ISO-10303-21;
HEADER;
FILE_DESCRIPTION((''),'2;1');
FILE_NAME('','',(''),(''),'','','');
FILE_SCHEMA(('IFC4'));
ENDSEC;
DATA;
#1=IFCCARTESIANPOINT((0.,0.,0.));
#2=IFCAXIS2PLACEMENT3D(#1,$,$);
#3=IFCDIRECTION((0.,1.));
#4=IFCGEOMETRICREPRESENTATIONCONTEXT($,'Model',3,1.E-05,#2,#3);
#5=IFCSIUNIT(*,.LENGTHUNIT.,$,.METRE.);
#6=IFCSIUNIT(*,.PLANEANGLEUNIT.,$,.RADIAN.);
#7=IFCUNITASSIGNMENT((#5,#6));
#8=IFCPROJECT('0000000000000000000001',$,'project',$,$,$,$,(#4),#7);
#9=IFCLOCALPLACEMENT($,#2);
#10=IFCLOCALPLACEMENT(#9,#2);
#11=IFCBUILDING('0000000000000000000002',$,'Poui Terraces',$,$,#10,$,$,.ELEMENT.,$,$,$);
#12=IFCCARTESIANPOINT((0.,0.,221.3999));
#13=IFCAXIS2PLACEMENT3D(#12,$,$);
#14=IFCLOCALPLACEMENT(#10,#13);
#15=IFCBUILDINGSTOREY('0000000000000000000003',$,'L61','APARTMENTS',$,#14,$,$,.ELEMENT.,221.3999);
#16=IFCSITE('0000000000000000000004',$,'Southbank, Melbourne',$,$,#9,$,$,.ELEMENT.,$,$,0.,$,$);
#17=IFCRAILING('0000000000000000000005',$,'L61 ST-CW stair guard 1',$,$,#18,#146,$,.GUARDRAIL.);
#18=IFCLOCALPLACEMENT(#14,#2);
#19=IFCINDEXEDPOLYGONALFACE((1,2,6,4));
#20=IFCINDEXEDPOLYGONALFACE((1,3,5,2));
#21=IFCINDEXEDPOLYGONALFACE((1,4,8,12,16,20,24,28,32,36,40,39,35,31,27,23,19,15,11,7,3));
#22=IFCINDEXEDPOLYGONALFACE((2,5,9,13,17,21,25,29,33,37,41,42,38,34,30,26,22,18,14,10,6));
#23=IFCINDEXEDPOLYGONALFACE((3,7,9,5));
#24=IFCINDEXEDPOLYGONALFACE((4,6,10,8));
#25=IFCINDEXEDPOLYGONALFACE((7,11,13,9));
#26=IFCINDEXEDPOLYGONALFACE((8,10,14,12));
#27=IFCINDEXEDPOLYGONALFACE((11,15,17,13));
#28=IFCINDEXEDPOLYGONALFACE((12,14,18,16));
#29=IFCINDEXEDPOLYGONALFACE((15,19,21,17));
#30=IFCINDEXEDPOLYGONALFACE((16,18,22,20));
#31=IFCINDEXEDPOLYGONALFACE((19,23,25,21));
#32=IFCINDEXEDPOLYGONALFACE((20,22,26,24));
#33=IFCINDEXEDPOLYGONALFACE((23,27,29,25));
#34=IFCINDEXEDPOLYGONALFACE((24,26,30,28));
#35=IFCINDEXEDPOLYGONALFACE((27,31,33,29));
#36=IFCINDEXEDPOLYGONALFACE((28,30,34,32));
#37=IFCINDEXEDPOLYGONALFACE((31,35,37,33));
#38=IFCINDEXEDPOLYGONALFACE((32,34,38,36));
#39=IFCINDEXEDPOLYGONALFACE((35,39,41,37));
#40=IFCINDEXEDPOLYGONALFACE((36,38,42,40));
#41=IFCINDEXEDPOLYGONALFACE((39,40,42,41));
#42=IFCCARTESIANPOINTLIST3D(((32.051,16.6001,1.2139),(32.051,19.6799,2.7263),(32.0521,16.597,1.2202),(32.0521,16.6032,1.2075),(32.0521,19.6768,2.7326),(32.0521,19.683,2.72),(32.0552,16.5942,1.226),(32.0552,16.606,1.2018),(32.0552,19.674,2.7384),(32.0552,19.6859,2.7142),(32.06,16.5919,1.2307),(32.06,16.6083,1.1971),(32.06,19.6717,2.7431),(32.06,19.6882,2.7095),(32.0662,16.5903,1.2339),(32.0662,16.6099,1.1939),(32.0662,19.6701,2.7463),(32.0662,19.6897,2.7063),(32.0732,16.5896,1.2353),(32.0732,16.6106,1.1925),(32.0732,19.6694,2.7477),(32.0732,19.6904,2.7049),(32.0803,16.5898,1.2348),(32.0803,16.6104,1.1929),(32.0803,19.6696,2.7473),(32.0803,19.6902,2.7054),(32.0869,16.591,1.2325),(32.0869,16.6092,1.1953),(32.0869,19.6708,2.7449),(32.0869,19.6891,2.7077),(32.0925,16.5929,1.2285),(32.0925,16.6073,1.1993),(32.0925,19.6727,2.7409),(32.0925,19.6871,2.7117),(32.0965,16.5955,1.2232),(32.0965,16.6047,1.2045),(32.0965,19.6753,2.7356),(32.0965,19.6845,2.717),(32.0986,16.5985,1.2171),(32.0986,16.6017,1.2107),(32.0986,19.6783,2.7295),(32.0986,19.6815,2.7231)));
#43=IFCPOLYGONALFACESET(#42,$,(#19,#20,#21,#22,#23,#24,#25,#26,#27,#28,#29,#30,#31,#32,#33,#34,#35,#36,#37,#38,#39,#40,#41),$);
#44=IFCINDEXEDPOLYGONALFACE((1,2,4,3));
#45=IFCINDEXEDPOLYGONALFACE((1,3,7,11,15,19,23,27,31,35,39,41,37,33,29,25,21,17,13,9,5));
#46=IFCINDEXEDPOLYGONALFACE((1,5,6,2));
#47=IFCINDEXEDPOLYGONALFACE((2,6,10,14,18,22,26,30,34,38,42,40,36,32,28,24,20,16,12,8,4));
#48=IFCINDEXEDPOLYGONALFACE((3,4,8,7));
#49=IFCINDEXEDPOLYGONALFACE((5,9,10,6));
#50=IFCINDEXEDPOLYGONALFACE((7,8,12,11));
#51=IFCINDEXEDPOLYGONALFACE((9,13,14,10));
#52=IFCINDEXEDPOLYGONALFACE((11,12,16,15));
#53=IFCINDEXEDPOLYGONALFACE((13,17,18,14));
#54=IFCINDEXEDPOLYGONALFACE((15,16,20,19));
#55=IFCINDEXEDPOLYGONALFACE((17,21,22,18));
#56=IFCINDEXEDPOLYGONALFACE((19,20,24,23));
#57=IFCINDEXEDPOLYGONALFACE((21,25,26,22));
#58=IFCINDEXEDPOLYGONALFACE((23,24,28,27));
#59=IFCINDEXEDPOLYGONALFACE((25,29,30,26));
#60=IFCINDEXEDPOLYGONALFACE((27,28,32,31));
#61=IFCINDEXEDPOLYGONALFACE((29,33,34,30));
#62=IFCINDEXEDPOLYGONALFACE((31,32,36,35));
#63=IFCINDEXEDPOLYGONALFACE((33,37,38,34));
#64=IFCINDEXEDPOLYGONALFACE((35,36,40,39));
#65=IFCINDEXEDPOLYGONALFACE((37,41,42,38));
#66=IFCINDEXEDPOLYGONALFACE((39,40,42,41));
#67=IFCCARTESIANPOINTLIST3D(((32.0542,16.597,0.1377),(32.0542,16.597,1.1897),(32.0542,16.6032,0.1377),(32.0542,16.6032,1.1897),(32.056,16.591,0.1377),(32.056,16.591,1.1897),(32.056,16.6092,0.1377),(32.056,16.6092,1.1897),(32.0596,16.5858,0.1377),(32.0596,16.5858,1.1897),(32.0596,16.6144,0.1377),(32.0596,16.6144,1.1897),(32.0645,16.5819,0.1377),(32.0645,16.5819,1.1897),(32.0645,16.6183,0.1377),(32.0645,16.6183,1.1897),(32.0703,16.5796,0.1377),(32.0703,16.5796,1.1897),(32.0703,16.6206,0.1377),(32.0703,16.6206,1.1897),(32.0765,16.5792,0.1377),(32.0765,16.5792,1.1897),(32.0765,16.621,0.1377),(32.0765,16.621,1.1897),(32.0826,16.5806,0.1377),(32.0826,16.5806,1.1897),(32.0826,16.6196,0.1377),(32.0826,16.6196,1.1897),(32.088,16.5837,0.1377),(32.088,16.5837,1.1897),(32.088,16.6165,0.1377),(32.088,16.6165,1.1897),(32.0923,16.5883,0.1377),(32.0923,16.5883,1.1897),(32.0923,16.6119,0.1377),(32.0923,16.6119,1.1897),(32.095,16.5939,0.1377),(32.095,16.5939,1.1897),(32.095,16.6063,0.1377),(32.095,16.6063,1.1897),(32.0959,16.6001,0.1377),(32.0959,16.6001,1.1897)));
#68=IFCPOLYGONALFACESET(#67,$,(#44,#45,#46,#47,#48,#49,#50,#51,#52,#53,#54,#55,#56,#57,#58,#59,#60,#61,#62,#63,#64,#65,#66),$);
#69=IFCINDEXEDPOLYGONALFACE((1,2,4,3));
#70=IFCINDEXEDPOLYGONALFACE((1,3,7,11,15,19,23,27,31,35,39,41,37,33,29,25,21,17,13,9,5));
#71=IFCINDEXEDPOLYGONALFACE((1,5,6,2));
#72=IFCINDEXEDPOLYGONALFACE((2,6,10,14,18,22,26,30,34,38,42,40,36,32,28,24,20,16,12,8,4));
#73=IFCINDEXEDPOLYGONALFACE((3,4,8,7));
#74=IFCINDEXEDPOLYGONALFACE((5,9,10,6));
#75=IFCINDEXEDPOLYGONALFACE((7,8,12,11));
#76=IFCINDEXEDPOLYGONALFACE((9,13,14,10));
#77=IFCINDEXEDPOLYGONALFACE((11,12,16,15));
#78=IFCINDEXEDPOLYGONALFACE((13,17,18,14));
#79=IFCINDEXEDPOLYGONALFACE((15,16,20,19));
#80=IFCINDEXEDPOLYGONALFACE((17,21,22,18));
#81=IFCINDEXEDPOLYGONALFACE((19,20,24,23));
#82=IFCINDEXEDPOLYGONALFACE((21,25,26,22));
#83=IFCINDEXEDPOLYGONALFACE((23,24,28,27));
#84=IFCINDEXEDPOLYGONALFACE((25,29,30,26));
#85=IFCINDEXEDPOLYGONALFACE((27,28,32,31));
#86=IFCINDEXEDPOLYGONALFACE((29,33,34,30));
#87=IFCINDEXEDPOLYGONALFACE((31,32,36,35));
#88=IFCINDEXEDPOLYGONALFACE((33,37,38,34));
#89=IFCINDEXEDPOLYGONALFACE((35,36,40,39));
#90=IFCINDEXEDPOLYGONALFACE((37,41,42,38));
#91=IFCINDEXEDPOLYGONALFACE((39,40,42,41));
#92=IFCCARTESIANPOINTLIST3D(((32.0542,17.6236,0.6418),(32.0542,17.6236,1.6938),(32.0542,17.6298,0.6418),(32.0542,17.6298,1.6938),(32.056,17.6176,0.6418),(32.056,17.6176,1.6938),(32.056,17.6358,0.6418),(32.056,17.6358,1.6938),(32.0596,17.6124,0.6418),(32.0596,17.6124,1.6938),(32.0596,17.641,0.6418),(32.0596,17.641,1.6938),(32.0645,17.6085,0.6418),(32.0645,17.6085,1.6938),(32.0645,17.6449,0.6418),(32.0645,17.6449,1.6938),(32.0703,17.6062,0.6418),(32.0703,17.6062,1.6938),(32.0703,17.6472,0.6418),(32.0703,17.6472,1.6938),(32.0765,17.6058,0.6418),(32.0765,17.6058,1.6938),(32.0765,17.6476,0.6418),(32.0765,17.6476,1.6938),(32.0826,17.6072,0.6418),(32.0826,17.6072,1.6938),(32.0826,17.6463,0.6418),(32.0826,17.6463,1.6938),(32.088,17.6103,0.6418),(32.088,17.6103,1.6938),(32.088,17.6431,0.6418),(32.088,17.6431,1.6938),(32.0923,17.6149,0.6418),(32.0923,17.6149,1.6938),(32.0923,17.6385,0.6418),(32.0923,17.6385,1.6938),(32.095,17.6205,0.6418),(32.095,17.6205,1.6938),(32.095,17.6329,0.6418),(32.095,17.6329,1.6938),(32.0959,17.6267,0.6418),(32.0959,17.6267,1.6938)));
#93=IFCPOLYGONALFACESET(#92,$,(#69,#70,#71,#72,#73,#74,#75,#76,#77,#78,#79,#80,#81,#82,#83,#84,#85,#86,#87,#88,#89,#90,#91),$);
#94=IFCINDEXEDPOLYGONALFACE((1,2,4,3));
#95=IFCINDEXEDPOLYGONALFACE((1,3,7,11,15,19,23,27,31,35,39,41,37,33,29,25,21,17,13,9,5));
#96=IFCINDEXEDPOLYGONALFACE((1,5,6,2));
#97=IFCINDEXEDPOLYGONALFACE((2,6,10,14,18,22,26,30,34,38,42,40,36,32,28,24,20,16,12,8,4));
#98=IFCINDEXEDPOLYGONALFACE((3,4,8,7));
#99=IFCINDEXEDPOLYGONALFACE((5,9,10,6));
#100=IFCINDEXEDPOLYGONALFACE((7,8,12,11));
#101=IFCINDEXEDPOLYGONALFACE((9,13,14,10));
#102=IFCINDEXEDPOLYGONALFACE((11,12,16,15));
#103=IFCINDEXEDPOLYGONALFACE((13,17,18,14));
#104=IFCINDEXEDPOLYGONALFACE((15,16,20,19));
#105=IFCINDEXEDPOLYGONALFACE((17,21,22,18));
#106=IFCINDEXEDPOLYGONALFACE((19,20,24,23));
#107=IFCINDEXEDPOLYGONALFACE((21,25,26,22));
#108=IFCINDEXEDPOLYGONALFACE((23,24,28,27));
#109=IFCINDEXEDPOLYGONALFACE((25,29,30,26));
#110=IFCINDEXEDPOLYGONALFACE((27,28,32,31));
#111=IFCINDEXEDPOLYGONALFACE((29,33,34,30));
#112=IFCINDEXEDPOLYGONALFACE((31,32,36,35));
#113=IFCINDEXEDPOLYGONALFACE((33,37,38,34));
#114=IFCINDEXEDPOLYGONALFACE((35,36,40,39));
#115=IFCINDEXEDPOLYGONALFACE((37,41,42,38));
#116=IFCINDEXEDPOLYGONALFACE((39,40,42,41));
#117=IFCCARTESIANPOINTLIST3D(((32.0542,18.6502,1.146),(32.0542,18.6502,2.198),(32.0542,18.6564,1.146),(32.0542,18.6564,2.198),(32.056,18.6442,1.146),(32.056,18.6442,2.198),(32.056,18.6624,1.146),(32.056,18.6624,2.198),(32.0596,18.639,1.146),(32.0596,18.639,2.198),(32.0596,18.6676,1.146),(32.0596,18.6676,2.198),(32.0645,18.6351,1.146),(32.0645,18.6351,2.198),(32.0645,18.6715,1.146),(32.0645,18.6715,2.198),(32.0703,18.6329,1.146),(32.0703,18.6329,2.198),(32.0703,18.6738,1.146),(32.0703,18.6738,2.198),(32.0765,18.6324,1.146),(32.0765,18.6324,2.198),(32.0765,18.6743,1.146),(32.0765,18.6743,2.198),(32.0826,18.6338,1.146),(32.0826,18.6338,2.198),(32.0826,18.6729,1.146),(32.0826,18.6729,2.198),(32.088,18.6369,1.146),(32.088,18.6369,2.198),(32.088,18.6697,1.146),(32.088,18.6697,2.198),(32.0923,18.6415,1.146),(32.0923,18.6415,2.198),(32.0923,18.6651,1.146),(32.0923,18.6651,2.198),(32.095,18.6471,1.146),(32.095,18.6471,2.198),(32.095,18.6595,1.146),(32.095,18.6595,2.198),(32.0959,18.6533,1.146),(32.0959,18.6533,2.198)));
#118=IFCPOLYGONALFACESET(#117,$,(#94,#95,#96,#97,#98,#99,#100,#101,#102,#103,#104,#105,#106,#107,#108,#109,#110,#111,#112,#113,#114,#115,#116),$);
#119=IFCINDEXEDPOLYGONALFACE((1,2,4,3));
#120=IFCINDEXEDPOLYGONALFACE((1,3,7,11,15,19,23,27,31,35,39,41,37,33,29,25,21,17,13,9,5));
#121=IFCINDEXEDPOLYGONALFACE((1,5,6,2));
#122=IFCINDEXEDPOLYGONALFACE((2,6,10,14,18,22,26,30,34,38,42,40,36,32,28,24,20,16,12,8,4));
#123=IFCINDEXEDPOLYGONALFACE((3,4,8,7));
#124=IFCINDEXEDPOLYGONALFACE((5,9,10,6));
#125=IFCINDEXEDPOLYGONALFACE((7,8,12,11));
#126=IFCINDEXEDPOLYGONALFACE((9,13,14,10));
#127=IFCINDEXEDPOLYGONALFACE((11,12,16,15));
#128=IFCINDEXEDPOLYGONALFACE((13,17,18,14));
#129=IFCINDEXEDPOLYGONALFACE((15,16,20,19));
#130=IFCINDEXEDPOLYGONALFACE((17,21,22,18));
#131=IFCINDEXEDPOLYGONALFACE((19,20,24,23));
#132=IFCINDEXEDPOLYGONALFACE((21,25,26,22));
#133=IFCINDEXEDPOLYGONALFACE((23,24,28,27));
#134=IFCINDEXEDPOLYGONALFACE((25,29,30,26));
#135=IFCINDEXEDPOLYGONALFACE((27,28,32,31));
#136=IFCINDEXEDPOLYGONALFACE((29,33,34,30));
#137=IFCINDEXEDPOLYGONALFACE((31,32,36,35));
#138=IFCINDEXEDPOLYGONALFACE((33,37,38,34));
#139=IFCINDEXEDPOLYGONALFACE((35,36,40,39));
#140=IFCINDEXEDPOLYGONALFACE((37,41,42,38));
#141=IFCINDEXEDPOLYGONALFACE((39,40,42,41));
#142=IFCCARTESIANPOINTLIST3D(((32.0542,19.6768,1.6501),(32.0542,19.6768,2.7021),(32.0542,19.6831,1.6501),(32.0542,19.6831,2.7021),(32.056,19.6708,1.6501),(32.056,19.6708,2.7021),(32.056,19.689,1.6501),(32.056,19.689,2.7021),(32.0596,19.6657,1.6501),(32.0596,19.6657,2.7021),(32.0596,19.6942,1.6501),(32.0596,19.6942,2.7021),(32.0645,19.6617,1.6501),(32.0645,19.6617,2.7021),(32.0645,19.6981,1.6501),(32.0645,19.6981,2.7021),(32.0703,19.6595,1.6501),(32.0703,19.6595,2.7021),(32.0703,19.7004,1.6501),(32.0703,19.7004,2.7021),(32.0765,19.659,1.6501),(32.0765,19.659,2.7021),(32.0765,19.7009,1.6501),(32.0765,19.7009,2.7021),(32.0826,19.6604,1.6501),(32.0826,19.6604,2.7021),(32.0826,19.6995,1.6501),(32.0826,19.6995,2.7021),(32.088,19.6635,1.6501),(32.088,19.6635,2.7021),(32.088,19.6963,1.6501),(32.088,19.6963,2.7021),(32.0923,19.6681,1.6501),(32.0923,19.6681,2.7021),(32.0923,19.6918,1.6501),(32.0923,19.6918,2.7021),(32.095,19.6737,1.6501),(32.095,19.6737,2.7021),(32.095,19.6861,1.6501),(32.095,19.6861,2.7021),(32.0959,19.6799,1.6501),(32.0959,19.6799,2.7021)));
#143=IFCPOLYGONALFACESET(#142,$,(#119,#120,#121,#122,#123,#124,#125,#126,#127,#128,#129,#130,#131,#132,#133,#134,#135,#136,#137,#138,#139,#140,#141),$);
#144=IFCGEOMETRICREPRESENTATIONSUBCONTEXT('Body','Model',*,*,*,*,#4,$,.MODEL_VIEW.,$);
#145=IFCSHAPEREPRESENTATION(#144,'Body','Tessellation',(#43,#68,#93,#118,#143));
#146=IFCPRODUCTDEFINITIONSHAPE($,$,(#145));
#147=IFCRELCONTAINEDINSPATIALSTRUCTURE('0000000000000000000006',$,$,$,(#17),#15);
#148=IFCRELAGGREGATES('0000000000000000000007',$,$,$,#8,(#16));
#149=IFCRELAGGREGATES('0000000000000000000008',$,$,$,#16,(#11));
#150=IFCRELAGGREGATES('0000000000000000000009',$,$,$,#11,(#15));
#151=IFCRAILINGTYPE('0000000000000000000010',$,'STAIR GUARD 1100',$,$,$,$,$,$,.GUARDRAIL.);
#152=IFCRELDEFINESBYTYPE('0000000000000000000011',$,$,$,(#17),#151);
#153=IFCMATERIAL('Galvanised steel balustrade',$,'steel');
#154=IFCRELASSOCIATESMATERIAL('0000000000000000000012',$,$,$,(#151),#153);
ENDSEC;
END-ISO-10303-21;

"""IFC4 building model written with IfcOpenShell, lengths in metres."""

from ifc_helpers import new_model, si_unit, direction, frame, origin, origin_2d, place, context, subcontext, project, spatial, circle, extrude, material, type_object, element, save


model = new_model("IFC4")

# Units and contexts
model_context = context("Model", 3, precision=1e-05, world=origin(), true_north=direction((0.0, 1.0)))
body_context = subcontext(model_context, "Body", "Model", "MODEL_VIEW")
ifc_project = project(units=[si_unit("LENGTHUNIT", "METRE"), si_unit("PLANEANGLEUNIT", "RADIAN")], contexts=[model_context])

# Site, building, storey
site_placement = place(None, origin())
site = spatial("IfcSite", under=ifc_project, at=site_placement, Name="Southbank, Melbourne", CompositionType="ELEMENT", RefElevation=0.0)
building_placement = place(site_placement, origin())
building = spatial("IfcBuilding", under=site, at=building_placement, Name="Poui Terraces", CompositionType="ELEMENT")
storey_placement = place(building_placement, frame((0.0, 0.0, 221.3999)))
storey = spatial("IfcBuildingStorey", under=building, at=storey_placement, Name="L61", Description="APARTMENTS", CompositionType="ELEMENT", Elevation=221.3999)

# Railing
ifc_material_1 = material(Name="Galvanised steel balustrade", Category="steel")
railing_type_1 = type_object("IfcRailingType", Name="STAIR GUARD 1100", PredefinedType="GUARDRAIL", material=ifc_material_1)
railing_1_placement = place(storey_placement, frame((32.075, 16.6001, 0.1377)))
element("IfcRailing", 1, at=railing_1_placement, inside=storey, type_object=railing_type_1, Name="L61 ST-CW stair guard 1", PredefinedType="GUARDRAIL", context=body_context, shape_type="SweptSolid", body=[
    extrude(circle(Radius=0.0239, at=origin_2d()), frame((0.0, 0.0, 1.0762), z_axis=(0.0, 0.897606, 0.440798), x_axis=(-1.0, 0.0, 0.0)), (0.0, 0.0, 1.0), 3.4312),
    extrude(circle(Radius=0.021, at=origin_2d()), origin(), (0.0, 0.0, 1.0), 1.052),
    extrude(circle(Radius=0.021, at=origin_2d()), frame((0.0, 1.0266, 0.5042)), (0.0, 0.0, 1.0), 1.052),
    extrude(circle(Radius=0.021, at=origin_2d()), frame((0.0, 2.0532, 1.0083)), (0.0, 0.0, 1.0), 1.052),
    extrude(circle(Radius=0.021, at=origin_2d()), frame((0.0, 3.0798, 1.5125)), (0.0, 0.0, 1.0), 1.052),
])

save(model, "model.ifc")
